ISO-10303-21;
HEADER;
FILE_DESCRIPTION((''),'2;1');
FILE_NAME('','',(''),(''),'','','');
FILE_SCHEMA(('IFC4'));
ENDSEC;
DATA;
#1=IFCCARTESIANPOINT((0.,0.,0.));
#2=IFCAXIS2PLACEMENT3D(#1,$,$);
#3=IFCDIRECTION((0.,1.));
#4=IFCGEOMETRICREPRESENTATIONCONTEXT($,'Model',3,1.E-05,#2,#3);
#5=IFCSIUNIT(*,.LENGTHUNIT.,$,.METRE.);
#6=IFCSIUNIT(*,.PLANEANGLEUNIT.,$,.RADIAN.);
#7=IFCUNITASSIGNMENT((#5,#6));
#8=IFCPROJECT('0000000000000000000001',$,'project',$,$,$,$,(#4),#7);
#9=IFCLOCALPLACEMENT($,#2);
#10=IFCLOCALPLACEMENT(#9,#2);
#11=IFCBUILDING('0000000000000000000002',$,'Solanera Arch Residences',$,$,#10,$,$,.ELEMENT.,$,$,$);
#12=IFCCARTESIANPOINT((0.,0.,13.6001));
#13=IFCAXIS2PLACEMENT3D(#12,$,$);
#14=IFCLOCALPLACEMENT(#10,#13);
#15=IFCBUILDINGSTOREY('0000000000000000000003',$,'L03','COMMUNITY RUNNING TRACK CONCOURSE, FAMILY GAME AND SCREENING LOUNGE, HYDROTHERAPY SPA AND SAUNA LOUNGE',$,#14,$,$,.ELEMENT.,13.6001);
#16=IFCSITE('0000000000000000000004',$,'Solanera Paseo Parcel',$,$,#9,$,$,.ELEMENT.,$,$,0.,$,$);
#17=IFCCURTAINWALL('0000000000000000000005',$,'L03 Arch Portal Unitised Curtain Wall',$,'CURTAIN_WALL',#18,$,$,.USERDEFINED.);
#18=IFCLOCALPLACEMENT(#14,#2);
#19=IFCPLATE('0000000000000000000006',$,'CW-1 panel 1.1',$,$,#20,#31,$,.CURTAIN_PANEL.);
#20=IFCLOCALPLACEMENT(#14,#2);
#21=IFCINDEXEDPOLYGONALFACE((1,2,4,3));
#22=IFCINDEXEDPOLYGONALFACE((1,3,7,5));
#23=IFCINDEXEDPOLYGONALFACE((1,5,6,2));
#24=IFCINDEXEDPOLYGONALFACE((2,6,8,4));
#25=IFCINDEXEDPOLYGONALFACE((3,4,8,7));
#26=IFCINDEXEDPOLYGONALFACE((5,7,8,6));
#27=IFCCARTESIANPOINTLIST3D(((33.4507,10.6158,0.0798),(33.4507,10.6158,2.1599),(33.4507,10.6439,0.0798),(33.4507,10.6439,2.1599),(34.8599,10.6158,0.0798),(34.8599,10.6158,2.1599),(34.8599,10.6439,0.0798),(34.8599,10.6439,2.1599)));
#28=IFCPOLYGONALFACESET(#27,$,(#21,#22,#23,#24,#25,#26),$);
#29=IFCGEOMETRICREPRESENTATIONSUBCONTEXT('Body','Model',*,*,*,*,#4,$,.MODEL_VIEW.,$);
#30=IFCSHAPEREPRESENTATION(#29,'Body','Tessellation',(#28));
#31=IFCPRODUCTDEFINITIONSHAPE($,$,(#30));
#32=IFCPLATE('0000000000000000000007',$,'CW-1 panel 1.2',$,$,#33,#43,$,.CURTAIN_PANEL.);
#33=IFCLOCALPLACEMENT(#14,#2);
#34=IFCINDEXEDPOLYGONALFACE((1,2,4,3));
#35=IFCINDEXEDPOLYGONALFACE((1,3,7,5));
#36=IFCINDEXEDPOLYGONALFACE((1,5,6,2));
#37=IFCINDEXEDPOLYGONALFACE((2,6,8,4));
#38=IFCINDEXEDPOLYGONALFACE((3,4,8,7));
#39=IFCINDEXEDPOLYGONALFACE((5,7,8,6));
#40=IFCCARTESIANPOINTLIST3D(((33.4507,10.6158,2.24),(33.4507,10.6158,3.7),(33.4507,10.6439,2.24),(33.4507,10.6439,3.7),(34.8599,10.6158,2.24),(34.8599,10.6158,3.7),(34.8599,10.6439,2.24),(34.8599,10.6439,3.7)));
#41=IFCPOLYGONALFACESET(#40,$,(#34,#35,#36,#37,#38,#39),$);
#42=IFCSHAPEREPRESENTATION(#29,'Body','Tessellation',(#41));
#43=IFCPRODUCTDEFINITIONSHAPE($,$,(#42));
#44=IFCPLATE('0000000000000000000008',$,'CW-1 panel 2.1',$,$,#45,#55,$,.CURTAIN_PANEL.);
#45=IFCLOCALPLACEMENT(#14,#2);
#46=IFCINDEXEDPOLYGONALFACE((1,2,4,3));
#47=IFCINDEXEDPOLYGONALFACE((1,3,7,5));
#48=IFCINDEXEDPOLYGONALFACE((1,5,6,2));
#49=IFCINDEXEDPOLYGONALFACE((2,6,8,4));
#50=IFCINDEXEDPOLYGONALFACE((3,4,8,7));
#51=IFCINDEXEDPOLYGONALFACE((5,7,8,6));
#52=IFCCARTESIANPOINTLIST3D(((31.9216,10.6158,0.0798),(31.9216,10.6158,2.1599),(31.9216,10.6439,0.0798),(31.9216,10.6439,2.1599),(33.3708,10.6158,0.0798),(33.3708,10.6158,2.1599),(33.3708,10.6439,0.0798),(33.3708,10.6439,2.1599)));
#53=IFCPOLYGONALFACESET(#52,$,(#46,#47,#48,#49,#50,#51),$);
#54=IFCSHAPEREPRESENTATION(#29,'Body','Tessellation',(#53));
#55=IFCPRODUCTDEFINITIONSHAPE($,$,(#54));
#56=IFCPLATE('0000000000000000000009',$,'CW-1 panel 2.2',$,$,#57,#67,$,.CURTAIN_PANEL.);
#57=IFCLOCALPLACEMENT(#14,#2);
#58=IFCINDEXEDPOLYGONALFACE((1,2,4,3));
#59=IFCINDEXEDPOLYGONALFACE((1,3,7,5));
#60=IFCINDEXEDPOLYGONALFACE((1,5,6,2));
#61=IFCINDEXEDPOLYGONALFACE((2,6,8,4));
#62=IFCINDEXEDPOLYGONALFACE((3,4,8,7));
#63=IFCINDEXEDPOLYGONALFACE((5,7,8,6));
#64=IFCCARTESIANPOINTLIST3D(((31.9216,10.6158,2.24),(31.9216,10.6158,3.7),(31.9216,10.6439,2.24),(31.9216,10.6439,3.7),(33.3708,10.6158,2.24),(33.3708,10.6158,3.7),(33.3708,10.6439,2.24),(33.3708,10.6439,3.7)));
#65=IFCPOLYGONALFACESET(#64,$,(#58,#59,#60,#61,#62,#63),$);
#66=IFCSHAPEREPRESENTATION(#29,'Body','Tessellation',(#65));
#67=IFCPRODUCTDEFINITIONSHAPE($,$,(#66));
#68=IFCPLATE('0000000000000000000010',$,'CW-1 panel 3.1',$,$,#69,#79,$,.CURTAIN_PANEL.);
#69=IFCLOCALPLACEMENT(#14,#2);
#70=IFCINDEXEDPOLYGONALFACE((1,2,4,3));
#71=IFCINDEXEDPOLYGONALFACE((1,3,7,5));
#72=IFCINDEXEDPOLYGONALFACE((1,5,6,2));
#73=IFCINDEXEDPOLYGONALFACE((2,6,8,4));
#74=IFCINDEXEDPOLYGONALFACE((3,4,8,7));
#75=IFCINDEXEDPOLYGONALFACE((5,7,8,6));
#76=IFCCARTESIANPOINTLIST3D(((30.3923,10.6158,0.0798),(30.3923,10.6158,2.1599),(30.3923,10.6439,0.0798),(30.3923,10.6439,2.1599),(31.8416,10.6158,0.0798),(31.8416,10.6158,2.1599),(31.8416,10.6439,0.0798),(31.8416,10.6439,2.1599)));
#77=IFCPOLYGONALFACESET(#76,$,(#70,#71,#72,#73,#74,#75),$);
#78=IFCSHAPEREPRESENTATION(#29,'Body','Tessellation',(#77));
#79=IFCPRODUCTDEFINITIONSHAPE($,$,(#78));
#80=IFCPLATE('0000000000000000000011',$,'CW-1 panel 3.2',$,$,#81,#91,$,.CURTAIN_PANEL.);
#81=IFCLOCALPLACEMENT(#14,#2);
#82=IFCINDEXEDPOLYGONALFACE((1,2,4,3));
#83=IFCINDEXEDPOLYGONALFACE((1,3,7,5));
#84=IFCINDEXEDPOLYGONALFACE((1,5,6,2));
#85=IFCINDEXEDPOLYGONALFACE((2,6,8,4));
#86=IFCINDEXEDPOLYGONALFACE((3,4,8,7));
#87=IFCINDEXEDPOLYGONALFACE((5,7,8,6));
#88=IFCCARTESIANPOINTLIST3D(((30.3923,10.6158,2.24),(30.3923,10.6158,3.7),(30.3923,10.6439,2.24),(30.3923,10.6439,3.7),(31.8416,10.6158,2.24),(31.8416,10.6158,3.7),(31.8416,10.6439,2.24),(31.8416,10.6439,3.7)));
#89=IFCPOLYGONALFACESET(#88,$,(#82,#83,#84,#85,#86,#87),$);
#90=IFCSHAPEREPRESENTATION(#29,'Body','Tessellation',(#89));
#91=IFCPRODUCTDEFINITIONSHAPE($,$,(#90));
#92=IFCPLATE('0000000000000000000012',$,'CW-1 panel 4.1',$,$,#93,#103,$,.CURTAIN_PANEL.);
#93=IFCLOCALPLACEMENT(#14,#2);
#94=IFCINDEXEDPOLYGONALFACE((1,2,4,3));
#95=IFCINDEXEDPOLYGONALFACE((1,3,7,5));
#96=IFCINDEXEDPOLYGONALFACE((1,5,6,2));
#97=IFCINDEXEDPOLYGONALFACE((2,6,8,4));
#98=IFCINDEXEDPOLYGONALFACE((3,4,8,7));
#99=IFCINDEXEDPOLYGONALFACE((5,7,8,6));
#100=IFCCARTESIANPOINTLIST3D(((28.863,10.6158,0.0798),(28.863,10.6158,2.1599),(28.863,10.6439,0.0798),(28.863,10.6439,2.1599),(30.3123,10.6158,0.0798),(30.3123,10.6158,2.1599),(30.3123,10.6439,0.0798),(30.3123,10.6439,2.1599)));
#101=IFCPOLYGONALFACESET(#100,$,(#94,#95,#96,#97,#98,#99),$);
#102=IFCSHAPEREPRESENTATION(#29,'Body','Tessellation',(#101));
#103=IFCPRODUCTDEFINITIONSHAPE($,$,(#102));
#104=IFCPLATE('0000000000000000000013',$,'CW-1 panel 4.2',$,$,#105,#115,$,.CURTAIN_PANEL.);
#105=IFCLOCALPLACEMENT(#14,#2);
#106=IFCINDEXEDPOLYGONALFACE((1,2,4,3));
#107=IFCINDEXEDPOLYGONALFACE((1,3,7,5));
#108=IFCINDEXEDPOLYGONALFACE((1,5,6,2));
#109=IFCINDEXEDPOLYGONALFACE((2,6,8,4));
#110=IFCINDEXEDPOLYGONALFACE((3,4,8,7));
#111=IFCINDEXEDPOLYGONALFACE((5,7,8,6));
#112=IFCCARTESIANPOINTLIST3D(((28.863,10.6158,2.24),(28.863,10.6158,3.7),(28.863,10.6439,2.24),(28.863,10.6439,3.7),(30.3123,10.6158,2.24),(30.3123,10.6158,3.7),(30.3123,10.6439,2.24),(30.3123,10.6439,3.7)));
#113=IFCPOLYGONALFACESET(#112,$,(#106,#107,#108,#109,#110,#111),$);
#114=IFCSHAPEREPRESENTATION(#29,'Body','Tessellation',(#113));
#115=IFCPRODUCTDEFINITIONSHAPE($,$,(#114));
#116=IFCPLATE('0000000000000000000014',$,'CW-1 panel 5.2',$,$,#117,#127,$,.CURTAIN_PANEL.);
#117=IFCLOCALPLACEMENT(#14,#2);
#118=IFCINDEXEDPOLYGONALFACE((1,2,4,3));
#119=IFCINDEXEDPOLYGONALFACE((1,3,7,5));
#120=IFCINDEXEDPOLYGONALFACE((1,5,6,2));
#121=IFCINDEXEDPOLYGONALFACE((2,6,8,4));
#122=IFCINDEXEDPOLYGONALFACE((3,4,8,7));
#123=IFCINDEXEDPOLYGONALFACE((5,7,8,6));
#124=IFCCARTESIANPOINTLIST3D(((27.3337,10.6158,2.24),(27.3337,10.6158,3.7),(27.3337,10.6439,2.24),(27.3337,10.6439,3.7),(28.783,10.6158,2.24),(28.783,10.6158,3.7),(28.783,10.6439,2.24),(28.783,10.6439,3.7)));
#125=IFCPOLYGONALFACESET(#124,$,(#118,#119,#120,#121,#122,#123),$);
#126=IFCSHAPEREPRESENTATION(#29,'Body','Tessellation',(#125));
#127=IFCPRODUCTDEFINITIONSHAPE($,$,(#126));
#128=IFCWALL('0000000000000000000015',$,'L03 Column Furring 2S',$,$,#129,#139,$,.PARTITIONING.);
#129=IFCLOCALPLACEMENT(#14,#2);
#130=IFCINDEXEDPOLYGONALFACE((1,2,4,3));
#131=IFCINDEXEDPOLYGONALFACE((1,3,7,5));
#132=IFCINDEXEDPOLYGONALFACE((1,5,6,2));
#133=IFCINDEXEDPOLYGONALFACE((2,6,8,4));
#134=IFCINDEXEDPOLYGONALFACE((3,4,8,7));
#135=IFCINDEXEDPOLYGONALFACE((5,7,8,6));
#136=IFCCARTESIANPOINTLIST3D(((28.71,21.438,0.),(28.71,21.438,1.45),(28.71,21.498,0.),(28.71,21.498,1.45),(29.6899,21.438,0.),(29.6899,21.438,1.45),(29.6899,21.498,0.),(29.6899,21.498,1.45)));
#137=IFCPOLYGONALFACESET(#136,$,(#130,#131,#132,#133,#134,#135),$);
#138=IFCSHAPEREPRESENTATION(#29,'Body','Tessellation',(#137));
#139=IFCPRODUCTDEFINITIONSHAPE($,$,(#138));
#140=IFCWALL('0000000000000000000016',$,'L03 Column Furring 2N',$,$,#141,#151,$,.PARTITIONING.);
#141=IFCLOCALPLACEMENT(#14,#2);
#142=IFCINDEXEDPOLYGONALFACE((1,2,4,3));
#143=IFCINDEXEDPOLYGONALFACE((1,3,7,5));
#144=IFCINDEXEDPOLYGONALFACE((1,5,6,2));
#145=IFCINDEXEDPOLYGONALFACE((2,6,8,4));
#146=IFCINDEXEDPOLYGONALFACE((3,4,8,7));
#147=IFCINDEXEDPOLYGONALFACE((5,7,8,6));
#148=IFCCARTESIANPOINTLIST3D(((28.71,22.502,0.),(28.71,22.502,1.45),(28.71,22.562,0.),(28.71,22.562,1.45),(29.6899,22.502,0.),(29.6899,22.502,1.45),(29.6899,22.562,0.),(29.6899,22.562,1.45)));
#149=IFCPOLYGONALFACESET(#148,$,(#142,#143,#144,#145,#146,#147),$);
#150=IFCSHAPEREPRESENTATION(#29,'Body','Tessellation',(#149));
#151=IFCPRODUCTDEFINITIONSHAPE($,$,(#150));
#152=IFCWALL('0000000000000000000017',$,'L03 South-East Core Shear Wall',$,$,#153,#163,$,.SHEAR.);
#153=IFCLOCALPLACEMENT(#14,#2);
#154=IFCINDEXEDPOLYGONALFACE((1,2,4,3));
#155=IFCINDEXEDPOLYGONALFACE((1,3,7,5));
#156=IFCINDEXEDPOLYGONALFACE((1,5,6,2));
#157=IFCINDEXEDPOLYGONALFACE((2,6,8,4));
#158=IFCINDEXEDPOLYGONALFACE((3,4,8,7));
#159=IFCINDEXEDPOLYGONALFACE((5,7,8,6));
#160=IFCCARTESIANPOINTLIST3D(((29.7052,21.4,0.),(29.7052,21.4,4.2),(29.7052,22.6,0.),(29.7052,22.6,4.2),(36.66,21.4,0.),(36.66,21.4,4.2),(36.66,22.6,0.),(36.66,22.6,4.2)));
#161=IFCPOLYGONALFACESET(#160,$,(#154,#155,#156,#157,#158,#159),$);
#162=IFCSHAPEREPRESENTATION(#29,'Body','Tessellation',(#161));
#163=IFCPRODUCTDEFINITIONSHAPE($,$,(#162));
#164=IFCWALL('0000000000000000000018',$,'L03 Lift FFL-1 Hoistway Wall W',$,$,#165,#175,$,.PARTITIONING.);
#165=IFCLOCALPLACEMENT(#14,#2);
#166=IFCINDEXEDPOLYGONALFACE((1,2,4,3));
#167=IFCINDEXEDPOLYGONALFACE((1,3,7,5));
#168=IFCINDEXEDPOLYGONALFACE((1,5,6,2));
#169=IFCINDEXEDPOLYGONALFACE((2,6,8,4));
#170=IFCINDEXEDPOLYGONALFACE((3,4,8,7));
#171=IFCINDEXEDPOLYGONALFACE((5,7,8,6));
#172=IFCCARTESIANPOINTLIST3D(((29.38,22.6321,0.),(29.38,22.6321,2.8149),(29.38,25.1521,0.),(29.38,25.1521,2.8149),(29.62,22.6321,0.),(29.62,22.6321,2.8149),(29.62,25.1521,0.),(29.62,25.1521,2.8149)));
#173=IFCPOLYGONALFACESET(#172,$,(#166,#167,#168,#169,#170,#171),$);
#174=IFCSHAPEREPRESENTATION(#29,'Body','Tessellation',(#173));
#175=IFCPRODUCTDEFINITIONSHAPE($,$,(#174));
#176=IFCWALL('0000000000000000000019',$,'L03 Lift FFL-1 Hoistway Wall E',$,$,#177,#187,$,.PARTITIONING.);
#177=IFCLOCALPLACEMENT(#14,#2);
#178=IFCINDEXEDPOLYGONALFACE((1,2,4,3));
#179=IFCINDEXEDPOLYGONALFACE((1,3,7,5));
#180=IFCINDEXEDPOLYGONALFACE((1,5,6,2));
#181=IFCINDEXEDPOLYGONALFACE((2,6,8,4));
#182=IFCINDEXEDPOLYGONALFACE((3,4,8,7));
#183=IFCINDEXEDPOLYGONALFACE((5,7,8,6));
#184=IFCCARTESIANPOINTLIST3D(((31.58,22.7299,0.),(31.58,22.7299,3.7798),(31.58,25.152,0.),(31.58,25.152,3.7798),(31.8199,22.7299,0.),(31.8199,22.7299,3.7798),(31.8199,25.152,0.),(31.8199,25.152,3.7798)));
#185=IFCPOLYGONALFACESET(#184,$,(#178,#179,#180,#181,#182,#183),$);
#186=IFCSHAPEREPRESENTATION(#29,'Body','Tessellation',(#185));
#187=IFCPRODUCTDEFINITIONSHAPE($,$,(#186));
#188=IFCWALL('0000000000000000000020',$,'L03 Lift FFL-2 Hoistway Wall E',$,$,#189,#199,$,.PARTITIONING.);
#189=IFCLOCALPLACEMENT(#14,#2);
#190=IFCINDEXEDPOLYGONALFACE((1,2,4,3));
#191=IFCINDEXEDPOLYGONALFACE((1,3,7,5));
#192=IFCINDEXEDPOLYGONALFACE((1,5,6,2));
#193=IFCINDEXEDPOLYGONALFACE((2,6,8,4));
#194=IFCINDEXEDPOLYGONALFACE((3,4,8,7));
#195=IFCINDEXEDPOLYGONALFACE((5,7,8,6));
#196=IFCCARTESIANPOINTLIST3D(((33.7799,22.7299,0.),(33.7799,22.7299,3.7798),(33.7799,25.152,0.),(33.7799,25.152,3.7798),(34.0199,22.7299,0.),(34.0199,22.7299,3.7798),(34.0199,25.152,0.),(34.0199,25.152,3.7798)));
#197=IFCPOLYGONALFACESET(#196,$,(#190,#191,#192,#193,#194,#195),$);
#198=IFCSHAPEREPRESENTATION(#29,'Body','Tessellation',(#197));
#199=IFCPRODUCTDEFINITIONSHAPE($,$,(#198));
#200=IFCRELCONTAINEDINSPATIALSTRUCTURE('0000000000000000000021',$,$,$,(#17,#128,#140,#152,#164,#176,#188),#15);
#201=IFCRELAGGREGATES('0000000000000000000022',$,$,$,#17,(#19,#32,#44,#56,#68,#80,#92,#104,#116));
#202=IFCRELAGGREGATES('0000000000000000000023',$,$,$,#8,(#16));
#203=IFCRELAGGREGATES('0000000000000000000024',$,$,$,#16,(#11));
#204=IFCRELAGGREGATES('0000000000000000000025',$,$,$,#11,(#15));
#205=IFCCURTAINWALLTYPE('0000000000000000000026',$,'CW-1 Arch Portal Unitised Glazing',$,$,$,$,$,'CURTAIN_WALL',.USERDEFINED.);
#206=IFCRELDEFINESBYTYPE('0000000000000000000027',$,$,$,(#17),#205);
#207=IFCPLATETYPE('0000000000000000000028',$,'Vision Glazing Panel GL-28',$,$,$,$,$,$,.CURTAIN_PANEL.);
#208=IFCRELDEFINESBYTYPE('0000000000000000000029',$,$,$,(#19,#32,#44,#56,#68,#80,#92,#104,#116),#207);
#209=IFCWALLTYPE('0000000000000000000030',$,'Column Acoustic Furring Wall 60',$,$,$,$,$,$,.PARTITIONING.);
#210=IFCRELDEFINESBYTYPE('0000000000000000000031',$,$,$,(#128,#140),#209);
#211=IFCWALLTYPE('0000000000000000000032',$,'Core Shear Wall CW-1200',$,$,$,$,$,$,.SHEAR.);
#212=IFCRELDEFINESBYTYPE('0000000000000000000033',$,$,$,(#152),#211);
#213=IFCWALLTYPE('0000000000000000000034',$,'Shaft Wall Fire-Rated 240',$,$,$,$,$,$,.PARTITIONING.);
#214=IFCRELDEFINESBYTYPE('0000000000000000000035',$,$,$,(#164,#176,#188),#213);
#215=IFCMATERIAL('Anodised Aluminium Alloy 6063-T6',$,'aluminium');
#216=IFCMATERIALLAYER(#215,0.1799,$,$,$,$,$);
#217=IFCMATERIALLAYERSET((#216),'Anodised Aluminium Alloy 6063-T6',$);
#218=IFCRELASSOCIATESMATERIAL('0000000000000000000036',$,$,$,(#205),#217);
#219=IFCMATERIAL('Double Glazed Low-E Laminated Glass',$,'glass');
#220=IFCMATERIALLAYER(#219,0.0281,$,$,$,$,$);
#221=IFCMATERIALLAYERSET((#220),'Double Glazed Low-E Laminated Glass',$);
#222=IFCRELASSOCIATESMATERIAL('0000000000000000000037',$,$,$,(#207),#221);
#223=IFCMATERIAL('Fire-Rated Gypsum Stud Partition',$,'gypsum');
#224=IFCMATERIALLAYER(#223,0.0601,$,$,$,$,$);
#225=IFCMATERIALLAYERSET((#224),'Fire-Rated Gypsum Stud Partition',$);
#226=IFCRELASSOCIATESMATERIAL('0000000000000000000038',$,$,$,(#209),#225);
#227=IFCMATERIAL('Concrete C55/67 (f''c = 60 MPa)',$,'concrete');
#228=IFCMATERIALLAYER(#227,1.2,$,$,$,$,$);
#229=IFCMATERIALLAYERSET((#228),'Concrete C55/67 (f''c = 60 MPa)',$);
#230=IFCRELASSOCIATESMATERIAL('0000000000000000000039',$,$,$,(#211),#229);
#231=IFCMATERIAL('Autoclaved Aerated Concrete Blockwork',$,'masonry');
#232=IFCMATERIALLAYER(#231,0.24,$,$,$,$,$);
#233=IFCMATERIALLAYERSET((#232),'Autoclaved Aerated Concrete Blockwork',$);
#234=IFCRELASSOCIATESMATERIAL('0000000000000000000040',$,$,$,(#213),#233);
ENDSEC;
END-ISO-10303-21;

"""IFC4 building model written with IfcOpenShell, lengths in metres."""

from ifc_helpers import new_model, si_unit, direction, frame, frame_2d, origin, origin_2d, place, context, subcontext, project, spatial, rectangle, extrude, material, layer, layer_set, type_object, element, aggregate, save


model = new_model("IFC4")

# Units and contexts
model_context = context("Model", 3, precision=1e-05, world=origin(), true_north=direction((0.0, 1.0)))
body_context = subcontext(model_context, "Body", "Model", "MODEL_VIEW")
ifc_project = project(units=[si_unit("LENGTHUNIT", "METRE"), si_unit("PLANEANGLEUNIT", "RADIAN")], contexts=[model_context])

# Site, building, storey
site_placement = place(None, origin())
site = spatial("IfcSite", under=ifc_project, at=site_placement, Name="Solanera Paseo Parcel", CompositionType="ELEMENT", RefElevation=0.0)
building_placement = place(site_placement, origin())
building = spatial("IfcBuilding", under=site, at=building_placement, Name="Solanera Arch Residences", CompositionType="ELEMENT")
storey_placement = place(building_placement, frame((0.0, 0.0, 13.6001)))
storey = spatial("IfcBuildingStorey", under=building, at=storey_placement, Name="L03", Description="COMMUNITY RUNNING TRACK CONCOURSE, FAMILY GAME AND SCREENING LOUNGE, HYDROTHERAPY SPA AND SAUNA LOUNGE", CompositionType="ELEMENT", Elevation=13.6001)

# Curtain wall
ifc_material_1 = material(Name="Anodised Aluminium Alloy 6063-T6", Category="aluminium")
ifc_layer_1 = layer(ifc_material_1, 0.1799)
ifc_layer_set_1 = layer_set([ifc_layer_1], Name="Anodised Aluminium Alloy 6063-T6")
curtain_wall_type = type_object("IfcCurtainWallType", Name="CW-1 Arch Portal Unitised Glazing", ElementType="CURTAIN_WALL", PredefinedType="USERDEFINED", material=ifc_layer_set_1)
curtain_wall_placement = place(storey_placement, origin())
curtain_wall = element("IfcCurtainWall", 1, at=curtain_wall_placement, inside=storey, type_object=curtain_wall_type, Name="L03 Arch Portal Unitised Curtain Wall", ObjectType="CURTAIN_WALL", PredefinedType="USERDEFINED")

# Plates
ifc_material_2 = material(Name="Double Glazed Low-E Laminated Glass", Category="glass")
ifc_layer_2 = layer(ifc_material_2, 0.0281)
ifc_layer_set_2 = layer_set([ifc_layer_2], Name="Double Glazed Low-E Laminated Glass")
plate_type = type_object("IfcPlateType", Name="Vision Glazing Panel GL-28", PredefinedType="CURTAIN_PANEL", material=ifc_layer_set_2)
plate_1_placement = place(storey_placement, frame((34.1553, 10.6299, 0.0798), z_axis=(0.0, 0.0, 1.0), x_axis=(-1.0, 0.0, 0.0)))
plate_1 = element("IfcPlate", 2, at=plate_1_placement, type_object=plate_type, Name="CW-1 panel 1.1", PredefinedType="CURTAIN_PANEL", context=body_context, shape_type="SweptSolid", body=[
    extrude(rectangle(XDim=1.4092, YDim=0.0281, at=origin_2d()), origin(), (0.0, 0.0, 1.0), 2.0801),
])
plate_2_placement = place(storey_placement, frame((34.1553, 10.6299, 2.24), z_axis=(0.0, 0.0, 1.0), x_axis=(-1.0, 0.0, 0.0)))
plate_2 = element("IfcPlate", 3, at=plate_2_placement, type_object=plate_type, Name="CW-1 panel 1.2", PredefinedType="CURTAIN_PANEL", context=body_context, shape_type="SweptSolid", body=[
    extrude(rectangle(XDim=1.4092, YDim=0.0281, at=origin_2d()), origin(), (0.0, 0.0, 1.0), 1.46),
])
plate_3_placement = place(storey_placement, frame((32.6462, 10.6299, 0.0798), z_axis=(0.0, 0.0, 1.0), x_axis=(-1.0, 0.0, 0.0)))
plate_3 = element("IfcPlate", 4, at=plate_3_placement, type_object=plate_type, Name="CW-1 panel 2.1", PredefinedType="CURTAIN_PANEL", context=body_context, shape_type="SweptSolid", body=[
    extrude(rectangle(XDim=1.4492, YDim=0.0281, at=origin_2d()), origin(), (0.0, 0.0, 1.0), 2.0801),
])
plate_4_placement = place(storey_placement, frame((32.6462, 10.6299, 2.24), z_axis=(0.0, 0.0, 1.0), x_axis=(-1.0, 0.0, 0.0)))
plate_4 = element("IfcPlate", 5, at=plate_4_placement, type_object=plate_type, Name="CW-1 panel 2.2", PredefinedType="CURTAIN_PANEL", context=body_context, shape_type="SweptSolid", body=[
    extrude(rectangle(XDim=1.4492, YDim=0.0281, at=origin_2d()), origin(), (0.0, 0.0, 1.0), 1.46),
])
plate_5_placement = place(storey_placement, frame((31.1169, 10.6299, 0.0798), z_axis=(0.0, 0.0, 1.0), x_axis=(-1.0, 0.0, 0.0)))
plate_5 = element("IfcPlate", 6, at=plate_5_placement, type_object=plate_type, Name="CW-1 panel 3.1", PredefinedType="CURTAIN_PANEL", context=body_context, shape_type="SweptSolid", body=[
    extrude(rectangle(XDim=1.4492, YDim=0.0281, at=origin_2d()), origin(), (0.0, 0.0, 1.0), 2.0801),
])
plate_6_placement = place(storey_placement, frame((31.1169, 10.6299, 2.24), z_axis=(0.0, 0.0, 1.0), x_axis=(-1.0, 0.0, 0.0)))
plate_6 = element("IfcPlate", 7, at=plate_6_placement, type_object=plate_type, Name="CW-1 panel 3.2", PredefinedType="CURTAIN_PANEL", context=body_context, shape_type="SweptSolid", body=[
    extrude(rectangle(XDim=1.4492, YDim=0.0281, at=origin_2d()), origin(), (0.0, 0.0, 1.0), 1.46),
])
plate_7_placement = place(storey_placement, frame((29.5876, 10.6299, 0.0798), z_axis=(0.0, 0.0, 1.0), x_axis=(-1.0, 0.0, 0.0)))
plate_7 = element("IfcPlate", 8, at=plate_7_placement, type_object=plate_type, Name="CW-1 panel 4.1", PredefinedType="CURTAIN_PANEL", context=body_context, shape_type="SweptSolid", body=[
    extrude(rectangle(XDim=1.4492, YDim=0.0281, at=origin_2d()), origin(), (0.0, 0.0, 1.0), 2.0801),
])
plate_8_placement = place(storey_placement, frame((29.5876, 10.6299, 2.24), z_axis=(0.0, 0.0, 1.0), x_axis=(-1.0, 0.0, 0.0)))
plate_8 = element("IfcPlate", 9, at=plate_8_placement, type_object=plate_type, Name="CW-1 panel 4.2", PredefinedType="CURTAIN_PANEL", context=body_context, shape_type="SweptSolid", body=[
    extrude(rectangle(XDim=1.4492, YDim=0.0281, at=origin_2d()), origin(), (0.0, 0.0, 1.0), 1.46),
])
plate_9_placement = place(storey_placement, frame((28.0583, 10.6299, 2.24), z_axis=(0.0, 0.0, 1.0), x_axis=(-1.0, 0.0, 0.0)))
plate_9 = element("IfcPlate", 10, at=plate_9_placement, type_object=plate_type, Name="CW-1 panel 5.2", PredefinedType="CURTAIN_PANEL", context=body_context, shape_type="SweptSolid", body=[
    extrude(rectangle(XDim=1.4492, YDim=0.0281, at=origin_2d()), origin(), (0.0, 0.0, 1.0), 1.46),
])
aggregate(curtain_wall, [plate_1, plate_2, plate_3, plate_4, plate_5, plate_6, plate_7, plate_8, plate_9])

# Walls
ifc_material_3 = material(Name="Fire-Rated Gypsum Stud Partition", Category="gypsum")
ifc_layer_3 = layer(ifc_material_3, 0.0601)
ifc_layer_set_3 = layer_set([ifc_layer_3], Name="Fire-Rated Gypsum Stud Partition")
wall_type_1 = type_object("IfcWallType", Name="Column Acoustic Furring Wall 60", PredefinedType="PARTITIONING", material=ifc_layer_set_3)
for number, where, z_axis, x_axis, name in (
    (11, (28.71, 21.468, 0.0), (0.0, 0.0, 1.0), (1.0, 0.0, 0.0), "L03 Column Furring 2S"),
    (12, (28.71, 22.532, 0.0), (0.0, 0.0, 1.0), (1.0, 0.0, 0.0), "L03 Column Furring 2N"),
):
    element("IfcWall", number, at=place(storey_placement, frame(where, z_axis=z_axis, x_axis=x_axis)), inside=storey, type_object=wall_type_1, Name=name, PredefinedType="PARTITIONING", context=body_context, shape_type="SweptSolid", body=[
        extrude(rectangle(XDim=0.98, YDim=0.0601, at=frame_2d((0.49, 0.0))), origin(), (0.0, 0.0, 1.0), 1.45),
    ])
ifc_material_4 = material(Name="Concrete C55/67 (f'c = 60 MPa)", Category="concrete")
ifc_layer_4 = layer(ifc_material_4, 1.2)
ifc_layer_set_4 = layer_set([ifc_layer_4], Name="Concrete C55/67 (f'c = 60 MPa)")
wall_type_2 = type_object("IfcWallType", Name="Core Shear Wall CW-1200", PredefinedType="SHEAR", material=ifc_layer_set_4)
wall_1_placement = place(storey_placement, frame((29.7051, 22.0, 0.0), z_axis=(0.0, 0.0, 1.0), x_axis=(1.0, 0.0, 0.0)))
element("IfcWall", 13, at=wall_1_placement, inside=storey, type_object=wall_type_2, Name="L03 South-East Core Shear Wall", PredefinedType="SHEAR", context=body_context, shape_type="SweptSolid", body=[
    extrude(rectangle(XDim=6.9548, YDim=1.2, at=frame_2d((3.4775, 0.0))), origin(), (0.0, 0.0, 1.0), 4.2),
])
ifc_material_5 = material(Name="Autoclaved Aerated Concrete Blockwork", Category="masonry")
ifc_layer_5 = layer(ifc_material_5, 0.24)
ifc_layer_set_5 = layer_set([ifc_layer_5], Name="Autoclaved Aerated Concrete Blockwork")
wall_type_3 = type_object("IfcWallType", Name="Shaft Wall Fire-Rated 240", PredefinedType="PARTITIONING", material=ifc_layer_set_5)
wall_2_placement = place(storey_placement, frame((29.5, 22.6321, 0.0), z_axis=(0.0, 0.0, 1.0), x_axis=(0.0, 1.0, 0.0)))
element("IfcWall", 14, at=wall_2_placement, inside=storey, type_object=wall_type_3, Name="L03 Lift FFL-1 Hoistway Wall W", PredefinedType="PARTITIONING", context=body_context, shape_type="SweptSolid", body=[
    extrude(rectangle(XDim=2.52, YDim=0.24, at=frame_2d((1.26, 0.0))), origin(), (0.0, 0.0, 1.0), 2.8149),
])
for number, where, z_axis, x_axis, name in (
    (15, (31.7, 22.73, 0.0), (0.0, 0.0, 1.0), (0.0, 1.0, 0.0), "L03 Lift FFL-1 Hoistway Wall E"),
    (16, (33.8999, 22.73, 0.0), (0.0, 0.0, 1.0), (0.0, 1.0, 0.0), "L03 Lift FFL-2 Hoistway Wall E"),
):
    element("IfcWall", number, at=place(storey_placement, frame(where, z_axis=z_axis, x_axis=x_axis)), inside=storey, type_object=wall_type_3, Name=name, PredefinedType="PARTITIONING", context=body_context, shape_type="SweptSolid", body=[
        extrude(rectangle(XDim=2.4221, YDim=0.24, at=frame_2d((1.2109, 0.0))), origin(), (0.0, 0.0, 1.0), 3.7798),
    ])

save(model, "model.ifc")
